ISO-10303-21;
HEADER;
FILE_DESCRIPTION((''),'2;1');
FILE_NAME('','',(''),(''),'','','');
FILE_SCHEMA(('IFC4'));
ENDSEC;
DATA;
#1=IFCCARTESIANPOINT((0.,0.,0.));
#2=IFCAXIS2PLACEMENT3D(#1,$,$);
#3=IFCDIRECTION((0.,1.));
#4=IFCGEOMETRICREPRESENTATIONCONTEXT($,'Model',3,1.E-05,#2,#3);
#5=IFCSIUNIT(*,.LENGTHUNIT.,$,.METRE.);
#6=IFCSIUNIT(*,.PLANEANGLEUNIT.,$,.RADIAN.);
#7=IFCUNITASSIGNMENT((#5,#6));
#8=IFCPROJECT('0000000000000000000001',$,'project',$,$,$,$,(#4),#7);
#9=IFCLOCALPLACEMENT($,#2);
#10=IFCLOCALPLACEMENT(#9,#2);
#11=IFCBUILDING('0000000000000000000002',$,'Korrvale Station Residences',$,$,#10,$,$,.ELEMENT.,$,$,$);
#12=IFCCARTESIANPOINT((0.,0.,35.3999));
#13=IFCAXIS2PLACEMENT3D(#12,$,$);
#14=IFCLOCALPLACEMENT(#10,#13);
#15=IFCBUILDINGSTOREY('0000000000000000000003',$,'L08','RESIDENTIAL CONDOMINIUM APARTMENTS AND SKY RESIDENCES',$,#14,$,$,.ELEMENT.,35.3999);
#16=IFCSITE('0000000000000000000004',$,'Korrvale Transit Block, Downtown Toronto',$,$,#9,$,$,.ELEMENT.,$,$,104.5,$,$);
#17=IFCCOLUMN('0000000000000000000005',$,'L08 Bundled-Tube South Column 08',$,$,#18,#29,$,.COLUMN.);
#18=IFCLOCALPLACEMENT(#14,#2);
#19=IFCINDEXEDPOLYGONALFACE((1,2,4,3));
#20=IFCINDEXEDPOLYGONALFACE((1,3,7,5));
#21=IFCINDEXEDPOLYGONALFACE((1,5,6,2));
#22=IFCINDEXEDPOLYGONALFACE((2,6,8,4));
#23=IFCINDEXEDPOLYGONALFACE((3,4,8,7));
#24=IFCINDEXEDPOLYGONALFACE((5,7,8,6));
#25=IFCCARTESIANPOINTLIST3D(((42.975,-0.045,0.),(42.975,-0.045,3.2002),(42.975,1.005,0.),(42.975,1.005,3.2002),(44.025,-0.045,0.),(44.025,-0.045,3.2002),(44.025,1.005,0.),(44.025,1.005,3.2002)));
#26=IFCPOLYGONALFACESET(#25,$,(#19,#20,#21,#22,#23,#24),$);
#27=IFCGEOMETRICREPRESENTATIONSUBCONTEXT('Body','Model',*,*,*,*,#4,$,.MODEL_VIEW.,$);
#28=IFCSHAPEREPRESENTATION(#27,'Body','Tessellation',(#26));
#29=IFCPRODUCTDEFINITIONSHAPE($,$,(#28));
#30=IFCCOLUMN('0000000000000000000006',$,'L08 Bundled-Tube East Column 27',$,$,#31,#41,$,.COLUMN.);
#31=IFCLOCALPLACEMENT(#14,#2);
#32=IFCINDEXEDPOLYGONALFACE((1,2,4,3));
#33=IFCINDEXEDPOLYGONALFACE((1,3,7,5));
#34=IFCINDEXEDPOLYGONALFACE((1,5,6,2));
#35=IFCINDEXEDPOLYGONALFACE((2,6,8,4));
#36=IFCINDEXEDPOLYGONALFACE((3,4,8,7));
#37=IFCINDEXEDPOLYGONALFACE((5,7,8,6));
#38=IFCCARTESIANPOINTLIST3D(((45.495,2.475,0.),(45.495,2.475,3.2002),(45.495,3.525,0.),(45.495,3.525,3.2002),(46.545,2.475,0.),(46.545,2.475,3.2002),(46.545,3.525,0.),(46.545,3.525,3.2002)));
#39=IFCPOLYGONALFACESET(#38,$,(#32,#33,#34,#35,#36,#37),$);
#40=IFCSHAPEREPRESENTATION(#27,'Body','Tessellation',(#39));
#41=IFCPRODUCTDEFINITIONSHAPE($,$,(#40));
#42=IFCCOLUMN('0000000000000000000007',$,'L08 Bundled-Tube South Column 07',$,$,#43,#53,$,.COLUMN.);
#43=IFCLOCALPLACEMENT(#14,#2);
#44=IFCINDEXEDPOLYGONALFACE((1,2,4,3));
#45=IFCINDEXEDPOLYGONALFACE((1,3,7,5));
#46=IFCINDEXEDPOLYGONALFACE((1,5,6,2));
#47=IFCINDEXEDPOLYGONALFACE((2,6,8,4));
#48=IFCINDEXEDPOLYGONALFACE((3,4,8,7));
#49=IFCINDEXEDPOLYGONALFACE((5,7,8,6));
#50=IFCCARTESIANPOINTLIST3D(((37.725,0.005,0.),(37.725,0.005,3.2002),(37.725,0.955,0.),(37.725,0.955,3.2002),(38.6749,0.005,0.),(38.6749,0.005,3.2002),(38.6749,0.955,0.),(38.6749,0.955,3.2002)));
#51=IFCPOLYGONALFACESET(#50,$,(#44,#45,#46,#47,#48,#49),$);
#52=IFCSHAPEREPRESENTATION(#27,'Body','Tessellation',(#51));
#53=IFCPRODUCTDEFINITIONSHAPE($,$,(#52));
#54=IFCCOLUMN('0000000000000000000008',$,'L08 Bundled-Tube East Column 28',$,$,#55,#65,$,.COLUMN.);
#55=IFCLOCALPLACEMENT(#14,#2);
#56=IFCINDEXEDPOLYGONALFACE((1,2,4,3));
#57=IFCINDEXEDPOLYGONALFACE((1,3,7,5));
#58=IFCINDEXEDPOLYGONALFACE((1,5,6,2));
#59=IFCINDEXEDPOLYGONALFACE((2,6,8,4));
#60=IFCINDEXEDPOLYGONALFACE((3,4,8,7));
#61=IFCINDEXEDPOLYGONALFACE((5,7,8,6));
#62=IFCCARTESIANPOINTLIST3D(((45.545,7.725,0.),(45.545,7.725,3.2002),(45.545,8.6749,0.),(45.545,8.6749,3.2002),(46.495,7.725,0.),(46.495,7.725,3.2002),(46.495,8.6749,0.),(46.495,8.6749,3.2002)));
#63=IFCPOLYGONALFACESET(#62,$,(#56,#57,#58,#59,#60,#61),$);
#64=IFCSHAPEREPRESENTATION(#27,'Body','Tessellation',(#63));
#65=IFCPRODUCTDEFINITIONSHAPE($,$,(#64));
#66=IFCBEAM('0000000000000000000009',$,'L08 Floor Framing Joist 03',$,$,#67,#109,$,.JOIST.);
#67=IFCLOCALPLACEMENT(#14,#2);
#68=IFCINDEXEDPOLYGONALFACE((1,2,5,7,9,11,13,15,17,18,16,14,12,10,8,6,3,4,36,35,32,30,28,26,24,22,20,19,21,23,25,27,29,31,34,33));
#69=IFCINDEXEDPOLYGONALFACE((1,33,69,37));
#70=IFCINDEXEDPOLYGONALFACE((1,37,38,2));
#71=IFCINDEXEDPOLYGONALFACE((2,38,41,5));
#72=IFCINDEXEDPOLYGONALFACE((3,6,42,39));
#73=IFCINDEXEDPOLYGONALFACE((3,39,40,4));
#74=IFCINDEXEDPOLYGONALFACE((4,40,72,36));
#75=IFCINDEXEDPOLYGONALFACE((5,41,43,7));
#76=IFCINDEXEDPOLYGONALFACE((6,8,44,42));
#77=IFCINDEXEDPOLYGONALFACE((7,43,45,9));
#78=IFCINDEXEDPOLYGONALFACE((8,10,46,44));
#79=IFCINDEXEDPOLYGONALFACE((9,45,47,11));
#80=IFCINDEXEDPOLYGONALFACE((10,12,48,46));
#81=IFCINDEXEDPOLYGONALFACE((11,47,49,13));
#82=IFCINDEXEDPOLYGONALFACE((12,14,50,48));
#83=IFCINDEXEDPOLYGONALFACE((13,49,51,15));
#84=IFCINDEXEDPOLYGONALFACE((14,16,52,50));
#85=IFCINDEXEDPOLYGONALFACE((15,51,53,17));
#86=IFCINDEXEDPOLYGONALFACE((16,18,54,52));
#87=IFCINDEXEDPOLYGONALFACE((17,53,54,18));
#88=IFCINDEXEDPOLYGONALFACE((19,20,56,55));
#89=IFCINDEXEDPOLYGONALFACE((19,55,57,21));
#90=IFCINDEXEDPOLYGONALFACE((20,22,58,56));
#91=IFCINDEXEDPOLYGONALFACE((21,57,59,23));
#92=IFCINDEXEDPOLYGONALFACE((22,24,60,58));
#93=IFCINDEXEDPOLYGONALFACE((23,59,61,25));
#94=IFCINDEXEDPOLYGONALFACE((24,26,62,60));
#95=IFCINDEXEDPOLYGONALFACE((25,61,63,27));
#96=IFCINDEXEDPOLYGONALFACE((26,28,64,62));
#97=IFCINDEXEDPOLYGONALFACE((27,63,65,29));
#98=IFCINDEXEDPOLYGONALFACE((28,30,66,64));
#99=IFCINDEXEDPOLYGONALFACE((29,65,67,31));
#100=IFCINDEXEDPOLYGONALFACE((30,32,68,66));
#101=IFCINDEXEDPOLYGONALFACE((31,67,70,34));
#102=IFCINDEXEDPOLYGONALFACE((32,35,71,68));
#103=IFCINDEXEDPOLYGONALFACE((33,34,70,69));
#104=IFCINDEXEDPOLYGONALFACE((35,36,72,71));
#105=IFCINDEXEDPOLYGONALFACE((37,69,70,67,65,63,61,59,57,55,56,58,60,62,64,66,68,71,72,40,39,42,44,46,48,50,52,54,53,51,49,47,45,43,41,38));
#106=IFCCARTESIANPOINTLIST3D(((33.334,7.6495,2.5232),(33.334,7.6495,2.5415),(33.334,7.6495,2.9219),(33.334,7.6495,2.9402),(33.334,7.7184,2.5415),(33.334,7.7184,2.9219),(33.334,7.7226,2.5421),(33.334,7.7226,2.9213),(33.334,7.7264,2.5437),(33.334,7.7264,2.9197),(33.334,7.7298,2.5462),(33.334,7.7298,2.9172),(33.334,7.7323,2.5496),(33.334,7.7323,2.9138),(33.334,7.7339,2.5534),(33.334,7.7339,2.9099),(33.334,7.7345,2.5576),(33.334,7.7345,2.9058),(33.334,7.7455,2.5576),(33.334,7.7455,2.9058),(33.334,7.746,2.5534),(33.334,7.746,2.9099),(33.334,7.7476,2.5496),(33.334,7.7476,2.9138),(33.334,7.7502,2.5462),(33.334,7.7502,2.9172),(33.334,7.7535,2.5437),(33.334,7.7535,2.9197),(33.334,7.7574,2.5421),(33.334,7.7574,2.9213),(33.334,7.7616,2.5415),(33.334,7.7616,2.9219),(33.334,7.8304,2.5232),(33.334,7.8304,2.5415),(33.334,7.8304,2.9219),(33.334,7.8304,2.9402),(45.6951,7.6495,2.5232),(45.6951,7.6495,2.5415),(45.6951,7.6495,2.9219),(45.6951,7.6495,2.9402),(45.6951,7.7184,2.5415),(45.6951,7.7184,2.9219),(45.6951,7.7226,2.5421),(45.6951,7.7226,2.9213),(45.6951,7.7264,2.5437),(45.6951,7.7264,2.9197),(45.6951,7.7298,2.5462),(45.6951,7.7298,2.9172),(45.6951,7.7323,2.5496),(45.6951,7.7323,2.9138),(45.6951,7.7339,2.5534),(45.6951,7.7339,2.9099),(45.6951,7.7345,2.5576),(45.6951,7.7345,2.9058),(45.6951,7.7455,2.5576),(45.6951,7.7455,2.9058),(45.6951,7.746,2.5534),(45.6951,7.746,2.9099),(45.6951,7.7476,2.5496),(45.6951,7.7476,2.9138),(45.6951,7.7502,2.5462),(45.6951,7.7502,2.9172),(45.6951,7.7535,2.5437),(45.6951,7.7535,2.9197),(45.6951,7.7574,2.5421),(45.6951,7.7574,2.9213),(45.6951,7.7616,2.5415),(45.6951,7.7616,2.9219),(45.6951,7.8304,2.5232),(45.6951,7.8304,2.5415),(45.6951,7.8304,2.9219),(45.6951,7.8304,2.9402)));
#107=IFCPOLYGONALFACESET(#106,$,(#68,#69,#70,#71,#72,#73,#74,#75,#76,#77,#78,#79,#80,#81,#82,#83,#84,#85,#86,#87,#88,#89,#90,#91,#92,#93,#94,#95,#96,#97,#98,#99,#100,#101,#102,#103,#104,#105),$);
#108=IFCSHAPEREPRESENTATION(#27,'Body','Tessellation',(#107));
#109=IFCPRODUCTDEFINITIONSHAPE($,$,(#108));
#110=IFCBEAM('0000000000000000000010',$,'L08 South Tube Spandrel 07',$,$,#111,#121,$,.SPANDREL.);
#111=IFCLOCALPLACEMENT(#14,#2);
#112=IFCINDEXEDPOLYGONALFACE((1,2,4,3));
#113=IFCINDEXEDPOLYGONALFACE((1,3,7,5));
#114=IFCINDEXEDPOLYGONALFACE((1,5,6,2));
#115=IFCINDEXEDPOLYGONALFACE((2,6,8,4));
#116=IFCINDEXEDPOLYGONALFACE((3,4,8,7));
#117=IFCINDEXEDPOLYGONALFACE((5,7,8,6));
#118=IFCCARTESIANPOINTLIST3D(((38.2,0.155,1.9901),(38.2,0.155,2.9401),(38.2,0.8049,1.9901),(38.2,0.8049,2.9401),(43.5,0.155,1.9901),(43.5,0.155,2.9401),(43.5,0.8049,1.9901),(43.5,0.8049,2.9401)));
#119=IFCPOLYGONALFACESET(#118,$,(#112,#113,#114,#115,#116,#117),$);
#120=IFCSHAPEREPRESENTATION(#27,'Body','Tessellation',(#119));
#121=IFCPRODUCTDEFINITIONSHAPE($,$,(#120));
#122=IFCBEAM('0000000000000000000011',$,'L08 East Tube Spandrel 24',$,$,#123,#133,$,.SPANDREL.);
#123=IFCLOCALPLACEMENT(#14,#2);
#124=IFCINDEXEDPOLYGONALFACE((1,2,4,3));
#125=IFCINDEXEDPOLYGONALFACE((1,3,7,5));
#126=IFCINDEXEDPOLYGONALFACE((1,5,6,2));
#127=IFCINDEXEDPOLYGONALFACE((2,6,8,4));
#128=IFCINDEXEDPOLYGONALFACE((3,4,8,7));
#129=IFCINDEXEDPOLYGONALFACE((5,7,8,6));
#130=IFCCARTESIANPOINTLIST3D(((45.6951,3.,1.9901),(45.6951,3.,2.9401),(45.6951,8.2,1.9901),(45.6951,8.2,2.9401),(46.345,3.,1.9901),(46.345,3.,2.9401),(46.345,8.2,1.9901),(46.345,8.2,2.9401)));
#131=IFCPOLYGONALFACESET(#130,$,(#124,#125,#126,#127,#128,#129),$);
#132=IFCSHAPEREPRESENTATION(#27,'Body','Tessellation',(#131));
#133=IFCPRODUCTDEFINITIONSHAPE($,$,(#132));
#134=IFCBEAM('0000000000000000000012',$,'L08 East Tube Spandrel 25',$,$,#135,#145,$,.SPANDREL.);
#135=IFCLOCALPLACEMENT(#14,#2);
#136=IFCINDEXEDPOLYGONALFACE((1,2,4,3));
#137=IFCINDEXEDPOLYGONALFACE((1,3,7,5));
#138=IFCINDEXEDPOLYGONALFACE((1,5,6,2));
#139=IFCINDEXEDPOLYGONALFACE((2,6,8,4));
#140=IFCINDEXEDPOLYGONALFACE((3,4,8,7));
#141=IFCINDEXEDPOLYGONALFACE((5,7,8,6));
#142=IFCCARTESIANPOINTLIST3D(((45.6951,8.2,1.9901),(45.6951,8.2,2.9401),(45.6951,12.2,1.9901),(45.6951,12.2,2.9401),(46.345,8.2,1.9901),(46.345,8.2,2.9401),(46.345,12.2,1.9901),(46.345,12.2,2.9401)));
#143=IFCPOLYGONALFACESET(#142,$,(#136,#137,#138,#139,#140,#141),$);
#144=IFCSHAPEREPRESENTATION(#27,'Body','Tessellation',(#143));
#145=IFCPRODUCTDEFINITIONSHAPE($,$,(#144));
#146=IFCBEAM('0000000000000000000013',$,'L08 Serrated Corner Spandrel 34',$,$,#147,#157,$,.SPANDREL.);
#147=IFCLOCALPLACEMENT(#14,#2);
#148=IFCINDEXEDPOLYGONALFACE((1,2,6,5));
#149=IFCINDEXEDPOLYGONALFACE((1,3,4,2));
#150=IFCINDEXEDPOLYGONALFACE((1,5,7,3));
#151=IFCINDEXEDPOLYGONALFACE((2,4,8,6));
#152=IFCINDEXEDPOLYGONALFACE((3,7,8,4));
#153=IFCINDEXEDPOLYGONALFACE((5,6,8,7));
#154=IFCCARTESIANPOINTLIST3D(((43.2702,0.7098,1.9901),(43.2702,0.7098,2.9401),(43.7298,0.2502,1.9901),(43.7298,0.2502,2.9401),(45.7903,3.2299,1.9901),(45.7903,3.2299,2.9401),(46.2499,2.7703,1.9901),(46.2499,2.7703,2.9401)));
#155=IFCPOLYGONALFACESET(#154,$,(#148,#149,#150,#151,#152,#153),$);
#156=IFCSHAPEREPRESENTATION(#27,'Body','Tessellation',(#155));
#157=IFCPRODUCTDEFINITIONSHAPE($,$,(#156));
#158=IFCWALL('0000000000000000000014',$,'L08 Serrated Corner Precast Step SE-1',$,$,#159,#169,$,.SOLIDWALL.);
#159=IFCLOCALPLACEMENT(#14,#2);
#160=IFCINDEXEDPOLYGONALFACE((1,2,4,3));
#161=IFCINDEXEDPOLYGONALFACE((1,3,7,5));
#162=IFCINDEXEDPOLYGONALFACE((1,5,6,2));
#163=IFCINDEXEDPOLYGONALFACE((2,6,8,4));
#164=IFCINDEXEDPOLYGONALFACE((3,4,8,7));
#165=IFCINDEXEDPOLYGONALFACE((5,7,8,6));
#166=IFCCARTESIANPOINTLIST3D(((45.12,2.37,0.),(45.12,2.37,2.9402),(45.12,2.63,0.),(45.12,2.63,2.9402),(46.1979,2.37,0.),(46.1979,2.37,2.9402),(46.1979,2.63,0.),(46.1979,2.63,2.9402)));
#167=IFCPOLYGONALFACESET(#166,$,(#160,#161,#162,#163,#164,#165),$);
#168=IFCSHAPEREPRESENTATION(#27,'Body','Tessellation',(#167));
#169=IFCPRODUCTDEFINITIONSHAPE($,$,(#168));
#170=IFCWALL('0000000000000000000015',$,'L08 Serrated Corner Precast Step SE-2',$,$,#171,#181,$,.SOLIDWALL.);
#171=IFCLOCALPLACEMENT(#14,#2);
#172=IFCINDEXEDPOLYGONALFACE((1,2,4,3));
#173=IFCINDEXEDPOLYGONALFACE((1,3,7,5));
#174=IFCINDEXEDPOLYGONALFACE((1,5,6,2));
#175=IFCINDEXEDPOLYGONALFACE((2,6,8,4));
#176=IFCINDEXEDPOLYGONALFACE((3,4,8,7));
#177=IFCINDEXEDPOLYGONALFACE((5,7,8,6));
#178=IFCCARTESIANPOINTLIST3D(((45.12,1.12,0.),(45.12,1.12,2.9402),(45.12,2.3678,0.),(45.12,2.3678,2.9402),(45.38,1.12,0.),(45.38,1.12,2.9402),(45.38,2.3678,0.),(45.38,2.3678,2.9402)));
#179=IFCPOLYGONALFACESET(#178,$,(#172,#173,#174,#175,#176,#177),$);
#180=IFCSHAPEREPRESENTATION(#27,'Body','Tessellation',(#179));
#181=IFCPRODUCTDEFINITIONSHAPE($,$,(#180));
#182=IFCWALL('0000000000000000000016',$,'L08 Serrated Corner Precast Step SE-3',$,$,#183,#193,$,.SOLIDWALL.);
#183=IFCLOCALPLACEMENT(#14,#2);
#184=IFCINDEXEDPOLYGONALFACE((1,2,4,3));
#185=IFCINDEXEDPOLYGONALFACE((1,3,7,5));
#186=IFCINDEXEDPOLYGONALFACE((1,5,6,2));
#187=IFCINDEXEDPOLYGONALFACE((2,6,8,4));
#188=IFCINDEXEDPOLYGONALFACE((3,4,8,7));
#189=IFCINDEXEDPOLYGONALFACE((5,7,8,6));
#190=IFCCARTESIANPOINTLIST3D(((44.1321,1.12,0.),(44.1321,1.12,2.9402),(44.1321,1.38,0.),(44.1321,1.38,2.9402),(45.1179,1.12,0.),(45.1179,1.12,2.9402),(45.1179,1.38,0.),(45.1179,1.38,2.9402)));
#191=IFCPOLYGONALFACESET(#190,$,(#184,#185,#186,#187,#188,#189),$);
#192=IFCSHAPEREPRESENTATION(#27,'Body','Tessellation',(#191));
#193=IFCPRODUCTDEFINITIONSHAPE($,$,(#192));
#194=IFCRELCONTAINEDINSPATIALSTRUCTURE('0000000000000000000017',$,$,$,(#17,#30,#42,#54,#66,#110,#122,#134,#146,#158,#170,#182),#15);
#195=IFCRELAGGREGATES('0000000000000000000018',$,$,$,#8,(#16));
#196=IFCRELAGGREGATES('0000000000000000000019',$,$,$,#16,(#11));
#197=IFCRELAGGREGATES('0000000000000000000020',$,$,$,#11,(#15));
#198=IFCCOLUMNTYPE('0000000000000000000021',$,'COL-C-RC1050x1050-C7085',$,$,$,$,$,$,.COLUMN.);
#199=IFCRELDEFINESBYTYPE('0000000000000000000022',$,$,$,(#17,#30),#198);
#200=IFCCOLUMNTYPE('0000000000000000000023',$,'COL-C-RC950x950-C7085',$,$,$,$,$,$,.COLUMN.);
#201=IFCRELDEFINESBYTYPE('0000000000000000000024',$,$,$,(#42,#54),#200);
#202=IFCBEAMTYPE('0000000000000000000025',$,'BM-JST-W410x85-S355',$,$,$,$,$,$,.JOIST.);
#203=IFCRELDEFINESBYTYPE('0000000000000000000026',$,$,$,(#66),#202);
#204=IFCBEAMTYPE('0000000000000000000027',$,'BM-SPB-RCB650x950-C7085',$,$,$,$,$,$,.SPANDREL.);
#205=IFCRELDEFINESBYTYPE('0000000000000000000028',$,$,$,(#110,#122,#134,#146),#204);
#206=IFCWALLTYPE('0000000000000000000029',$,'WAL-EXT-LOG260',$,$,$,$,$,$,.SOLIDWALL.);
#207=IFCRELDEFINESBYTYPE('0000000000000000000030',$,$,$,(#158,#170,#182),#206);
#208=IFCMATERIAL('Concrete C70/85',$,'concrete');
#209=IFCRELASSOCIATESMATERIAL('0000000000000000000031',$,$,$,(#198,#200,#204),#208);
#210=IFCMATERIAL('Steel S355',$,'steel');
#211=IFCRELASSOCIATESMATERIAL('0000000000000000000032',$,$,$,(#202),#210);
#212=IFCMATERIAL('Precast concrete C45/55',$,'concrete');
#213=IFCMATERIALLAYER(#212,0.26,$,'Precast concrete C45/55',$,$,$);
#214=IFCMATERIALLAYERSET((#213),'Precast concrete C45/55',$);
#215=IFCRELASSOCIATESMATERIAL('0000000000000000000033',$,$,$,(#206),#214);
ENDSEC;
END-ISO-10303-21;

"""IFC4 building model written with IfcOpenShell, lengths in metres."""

from ifc_helpers import new_model, si_unit, direction, frame, frame_2d, origin, origin_2d, place, context, subcontext, project, spatial, rectangle, i_section, extrude, material, layer, layer_set, material_profile, profile_set, type_object, element, save


model = new_model("IFC4")

# Units and contexts
model_context = context("Model", 3, precision=1e-05, world=origin(), true_north=direction((0.0, 1.0)))
body_context = subcontext(model_context, "Body", "Model", "MODEL_VIEW")
ifc_project = project(units=[si_unit("LENGTHUNIT", "METRE"), si_unit("PLANEANGLEUNIT", "RADIAN")], contexts=[model_context])

# Site, building, storey
site_placement = place(None, origin())
site = spatial("IfcSite", under=ifc_project, at=site_placement, Name="Korrvale Transit Block, Downtown Toronto", CompositionType="ELEMENT", RefElevation=104.5)
building_placement = place(site_placement, origin())
building = spatial("IfcBuilding", under=site, at=building_placement, Name="Korrvale Station Residences", CompositionType="ELEMENT")
storey_placement = place(building_placement, frame((0.0, 0.0, 35.3999)))
storey = spatial("IfcBuildingStorey", under=building, at=storey_placement, Name="L08", Description="RESIDENTIAL CONDOMINIUM APARTMENTS AND SKY RESIDENCES", CompositionType="ELEMENT", Elevation=35.3999)

# Columns
ifc_material_1 = material(Name="Concrete C70/85", Category="concrete")
ifc_material_profile_1 = material_profile(ifc_material_1, rectangle(XDim=1.05, YDim=1.05, at=origin_2d()), Name="RC1050x1050")
ifc_profile_set_1 = profile_set([ifc_material_profile_1], Name="Concrete C70/85")
column_type_1 = type_object("IfcColumnType", Name="COL-C-RC1050x1050-C7085", PredefinedType="COLUMN", material=ifc_profile_set_1)
for number, where, z_axis, x_axis, name in (
    (1, (43.5, 0.48, 0.0), (0.0, 0.0, 1.0), (1.0, 0.0, 0.0), "L08 Bundled-Tube South Column 08"),
    (2, (46.02, 3.0, 0.0), (0.0, 0.0, 1.0), (1.0, 0.0, 0.0), "L08 Bundled-Tube East Column 27"),
):
    element("IfcColumn", number, at=place(storey_placement, frame(where, z_axis=z_axis, x_axis=x_axis)), inside=storey, type_object=column_type_1, Name=name, PredefinedType="COLUMN", context=body_context, shape_type="SweptSolid", body=[
        extrude(rectangle(XDim=1.05, YDim=1.05, at=origin_2d()), origin(), (0.0, 0.0, 1.0), 3.2002),
    ])
ifc_material_profile_2 = material_profile(ifc_material_1, rectangle(XDim=0.95, YDim=0.95, at=origin_2d()), Name="RC950x950")
ifc_profile_set_2 = profile_set([ifc_material_profile_2], Name="Concrete C70/85")
column_type_2 = type_object("IfcColumnType", Name="COL-C-RC950x950-C7085", PredefinedType="COLUMN", material=ifc_profile_set_2)
for number, where, z_axis, x_axis, name in (
    (3, (38.2, 0.48, 0.0), (0.0, 0.0, 1.0), (1.0, 0.0, 0.0), "L08 Bundled-Tube South Column 07"),
    (4, (46.02, 8.2, 0.0), (0.0, 0.0, 1.0), (1.0, 0.0, 0.0), "L08 Bundled-Tube East Column 28"),
):
    element("IfcColumn", number, at=place(storey_placement, frame(where, z_axis=z_axis, x_axis=x_axis)), inside=storey, type_object=column_type_2, Name=name, PredefinedType="COLUMN", context=body_context, shape_type="SweptSolid", body=[
        extrude(rectangle(XDim=0.95, YDim=0.95, at=origin_2d()), origin(), (0.0, 0.0, 1.0), 3.2002),
    ])

# Beams
ifc_material_2 = material(Name="Steel S355", Category="steel")
ifc_material_profile_3 = material_profile(ifc_material_2, i_section(OverallWidth=0.1809, OverallDepth=0.417, WebThickness=0.011, FlangeThickness=0.0183, FilletRadius=0.0161, at=origin_2d()), Name="W410x85")
ifc_profile_set_3 = profile_set([ifc_material_profile_3], Name="Steel S355")
beam_type_1 = type_object("IfcBeamType", Name="BM-JST-W410x85-S355", PredefinedType="JOIST", material=ifc_profile_set_3)
beam_1_placement = place(storey_placement, frame((33.334, 7.74, 2.7317), z_axis=(1.0, 0.0, 0.0), x_axis=(0.0, 1.0, 0.0)))
element("IfcBeam", 5, at=beam_1_placement, inside=storey, type_object=beam_type_1, Name="L08 Floor Framing Joist 03", PredefinedType="JOIST", context=body_context, shape_type="SweptSolid", body=[
    extrude(i_section(OverallWidth=0.1809, OverallDepth=0.417, WebThickness=0.011, FlangeThickness=0.0183, FilletRadius=0.0161, at=origin_2d()), origin(), (0.0, 0.0, 1.0), 12.3611),
])
ifc_material_profile_4 = material_profile(ifc_material_1, rectangle(XDim=0.6499, YDim=0.95, at=origin_2d()), Name="RCB650x950")
ifc_profile_set_4 = profile_set([ifc_material_profile_4], Name="Concrete C70/85")
beam_type_2 = type_object("IfcBeamType", Name="BM-SPB-RCB650x950-C7085", PredefinedType="SPANDREL", material=ifc_profile_set_4)
beam_2_placement = place(storey_placement, frame((38.2, 0.48, 2.4651), z_axis=(1.0, 0.0, 0.0), x_axis=(0.0, 1.0, 0.0)))
element("IfcBeam", 6, at=beam_2_placement, inside=storey, type_object=beam_type_2, Name="L08 South Tube Spandrel 07", PredefinedType="SPANDREL", context=body_context, shape_type="SweptSolid", body=[
    extrude(rectangle(XDim=0.6499, YDim=0.95, at=origin_2d()), origin(), (0.0, 0.0, 1.0), 5.3),
])
beam_3_placement = place(storey_placement, frame((46.02, 3.0, 2.4651), z_axis=(0.0, 1.0, 0.0), x_axis=(-1.0, 0.0, 0.0)))
element("IfcBeam", 7, at=beam_3_placement, inside=storey, type_object=beam_type_2, Name="L08 East Tube Spandrel 24", PredefinedType="SPANDREL", context=body_context, shape_type="SweptSolid", body=[
    extrude(rectangle(XDim=0.6499, YDim=0.95, at=origin_2d()), origin(), (0.0, 0.0, 1.0), 5.2),
])
beam_4_placement = place(storey_placement, frame((46.02, 8.2, 2.4651), z_axis=(0.0, 1.0, 0.0), x_axis=(-1.0, 0.0, 0.0)))
element("IfcBeam", 8, at=beam_4_placement, inside=storey, type_object=beam_type_2, Name="L08 East Tube Spandrel 25", PredefinedType="SPANDREL", context=body_context, shape_type="SweptSolid", body=[
    extrude(rectangle(XDim=0.6499, YDim=0.95, at=origin_2d()), origin(), (0.0, 0.0, 1.0), 4.0),
])
beam_5_placement = place(storey_placement, frame((43.5, 0.48, 2.4651), z_axis=(0.707107, 0.707107, 0.0), x_axis=(-0.707107, 0.707107, 0.0)))
element("IfcBeam", 9, at=beam_5_placement, inside=storey, type_object=beam_type_2, Name="L08 Serrated Corner Spandrel 34", PredefinedType="SPANDREL", context=body_context, shape_type="SweptSolid", body=[
    extrude(rectangle(XDim=0.6499, YDim=0.95, at=origin_2d()), origin(), (0.0, 0.0, 1.0), 3.564),
])

# Walls
ifc_material_3 = material(Name="Precast concrete C45/55", Category="concrete")
ifc_layer_1 = layer(ifc_material_3, 0.26, Name="Precast concrete C45/55")
ifc_layer_set_1 = layer_set([ifc_layer_1], Name="Precast concrete C45/55")
wall_type_1 = type_object("IfcWallType", Name="WAL-EXT-LOG260", PredefinedType="SOLIDWALL", material=ifc_layer_set_1)
wall_1_placement = place(storey_placement, frame((46.198, 2.5, 0.0), z_axis=(0.0, 0.0, 1.0), x_axis=(-1.0, 0.0, 0.0)))
element("IfcWall", 10, at=wall_1_placement, inside=storey, type_object=wall_type_1, Name="L08 Serrated Corner Precast Step SE-1", PredefinedType="SOLIDWALL", context=body_context, shape_type="SweptSolid", body=[
    extrude(rectangle(XDim=1.0779, YDim=0.26, at=frame_2d((0.5391, 0.0))), origin(), (0.0, 0.0, 1.0), 2.9402),
])
wall_2_placement = place(storey_placement, frame((45.25, 2.3679, 0.0), z_axis=(0.0, 0.0, 1.0), x_axis=(0.0, -1.0, 0.0)))
element("IfcWall", 11, at=wall_2_placement, inside=storey, type_object=wall_type_1, Name="L08 Serrated Corner Precast Step SE-2", PredefinedType="SOLIDWALL", context=body_context, shape_type="SweptSolid", body=[
    extrude(rectangle(XDim=1.2478, YDim=0.26, at=frame_2d((0.624, 0.0))), origin(), (0.0, 0.0, 1.0), 2.9402),
])
wall_3_placement = place(storey_placement, frame((45.1179, 1.25, 0.0), z_axis=(0.0, 0.0, 1.0), x_axis=(-1.0, 0.0, 0.0)))
element("IfcWall", 12, at=wall_3_placement, inside=storey, type_object=wall_type_1, Name="L08 Serrated Corner Precast Step SE-3", PredefinedType="SOLIDWALL", context=body_context, shape_type="SweptSolid", body=[
    extrude(rectangle(XDim=0.9858, YDim=0.26, at=frame_2d((0.4929, 0.0))), origin(), (0.0, 0.0, 1.0), 2.9402),
])

save(model, "model.ifc")
